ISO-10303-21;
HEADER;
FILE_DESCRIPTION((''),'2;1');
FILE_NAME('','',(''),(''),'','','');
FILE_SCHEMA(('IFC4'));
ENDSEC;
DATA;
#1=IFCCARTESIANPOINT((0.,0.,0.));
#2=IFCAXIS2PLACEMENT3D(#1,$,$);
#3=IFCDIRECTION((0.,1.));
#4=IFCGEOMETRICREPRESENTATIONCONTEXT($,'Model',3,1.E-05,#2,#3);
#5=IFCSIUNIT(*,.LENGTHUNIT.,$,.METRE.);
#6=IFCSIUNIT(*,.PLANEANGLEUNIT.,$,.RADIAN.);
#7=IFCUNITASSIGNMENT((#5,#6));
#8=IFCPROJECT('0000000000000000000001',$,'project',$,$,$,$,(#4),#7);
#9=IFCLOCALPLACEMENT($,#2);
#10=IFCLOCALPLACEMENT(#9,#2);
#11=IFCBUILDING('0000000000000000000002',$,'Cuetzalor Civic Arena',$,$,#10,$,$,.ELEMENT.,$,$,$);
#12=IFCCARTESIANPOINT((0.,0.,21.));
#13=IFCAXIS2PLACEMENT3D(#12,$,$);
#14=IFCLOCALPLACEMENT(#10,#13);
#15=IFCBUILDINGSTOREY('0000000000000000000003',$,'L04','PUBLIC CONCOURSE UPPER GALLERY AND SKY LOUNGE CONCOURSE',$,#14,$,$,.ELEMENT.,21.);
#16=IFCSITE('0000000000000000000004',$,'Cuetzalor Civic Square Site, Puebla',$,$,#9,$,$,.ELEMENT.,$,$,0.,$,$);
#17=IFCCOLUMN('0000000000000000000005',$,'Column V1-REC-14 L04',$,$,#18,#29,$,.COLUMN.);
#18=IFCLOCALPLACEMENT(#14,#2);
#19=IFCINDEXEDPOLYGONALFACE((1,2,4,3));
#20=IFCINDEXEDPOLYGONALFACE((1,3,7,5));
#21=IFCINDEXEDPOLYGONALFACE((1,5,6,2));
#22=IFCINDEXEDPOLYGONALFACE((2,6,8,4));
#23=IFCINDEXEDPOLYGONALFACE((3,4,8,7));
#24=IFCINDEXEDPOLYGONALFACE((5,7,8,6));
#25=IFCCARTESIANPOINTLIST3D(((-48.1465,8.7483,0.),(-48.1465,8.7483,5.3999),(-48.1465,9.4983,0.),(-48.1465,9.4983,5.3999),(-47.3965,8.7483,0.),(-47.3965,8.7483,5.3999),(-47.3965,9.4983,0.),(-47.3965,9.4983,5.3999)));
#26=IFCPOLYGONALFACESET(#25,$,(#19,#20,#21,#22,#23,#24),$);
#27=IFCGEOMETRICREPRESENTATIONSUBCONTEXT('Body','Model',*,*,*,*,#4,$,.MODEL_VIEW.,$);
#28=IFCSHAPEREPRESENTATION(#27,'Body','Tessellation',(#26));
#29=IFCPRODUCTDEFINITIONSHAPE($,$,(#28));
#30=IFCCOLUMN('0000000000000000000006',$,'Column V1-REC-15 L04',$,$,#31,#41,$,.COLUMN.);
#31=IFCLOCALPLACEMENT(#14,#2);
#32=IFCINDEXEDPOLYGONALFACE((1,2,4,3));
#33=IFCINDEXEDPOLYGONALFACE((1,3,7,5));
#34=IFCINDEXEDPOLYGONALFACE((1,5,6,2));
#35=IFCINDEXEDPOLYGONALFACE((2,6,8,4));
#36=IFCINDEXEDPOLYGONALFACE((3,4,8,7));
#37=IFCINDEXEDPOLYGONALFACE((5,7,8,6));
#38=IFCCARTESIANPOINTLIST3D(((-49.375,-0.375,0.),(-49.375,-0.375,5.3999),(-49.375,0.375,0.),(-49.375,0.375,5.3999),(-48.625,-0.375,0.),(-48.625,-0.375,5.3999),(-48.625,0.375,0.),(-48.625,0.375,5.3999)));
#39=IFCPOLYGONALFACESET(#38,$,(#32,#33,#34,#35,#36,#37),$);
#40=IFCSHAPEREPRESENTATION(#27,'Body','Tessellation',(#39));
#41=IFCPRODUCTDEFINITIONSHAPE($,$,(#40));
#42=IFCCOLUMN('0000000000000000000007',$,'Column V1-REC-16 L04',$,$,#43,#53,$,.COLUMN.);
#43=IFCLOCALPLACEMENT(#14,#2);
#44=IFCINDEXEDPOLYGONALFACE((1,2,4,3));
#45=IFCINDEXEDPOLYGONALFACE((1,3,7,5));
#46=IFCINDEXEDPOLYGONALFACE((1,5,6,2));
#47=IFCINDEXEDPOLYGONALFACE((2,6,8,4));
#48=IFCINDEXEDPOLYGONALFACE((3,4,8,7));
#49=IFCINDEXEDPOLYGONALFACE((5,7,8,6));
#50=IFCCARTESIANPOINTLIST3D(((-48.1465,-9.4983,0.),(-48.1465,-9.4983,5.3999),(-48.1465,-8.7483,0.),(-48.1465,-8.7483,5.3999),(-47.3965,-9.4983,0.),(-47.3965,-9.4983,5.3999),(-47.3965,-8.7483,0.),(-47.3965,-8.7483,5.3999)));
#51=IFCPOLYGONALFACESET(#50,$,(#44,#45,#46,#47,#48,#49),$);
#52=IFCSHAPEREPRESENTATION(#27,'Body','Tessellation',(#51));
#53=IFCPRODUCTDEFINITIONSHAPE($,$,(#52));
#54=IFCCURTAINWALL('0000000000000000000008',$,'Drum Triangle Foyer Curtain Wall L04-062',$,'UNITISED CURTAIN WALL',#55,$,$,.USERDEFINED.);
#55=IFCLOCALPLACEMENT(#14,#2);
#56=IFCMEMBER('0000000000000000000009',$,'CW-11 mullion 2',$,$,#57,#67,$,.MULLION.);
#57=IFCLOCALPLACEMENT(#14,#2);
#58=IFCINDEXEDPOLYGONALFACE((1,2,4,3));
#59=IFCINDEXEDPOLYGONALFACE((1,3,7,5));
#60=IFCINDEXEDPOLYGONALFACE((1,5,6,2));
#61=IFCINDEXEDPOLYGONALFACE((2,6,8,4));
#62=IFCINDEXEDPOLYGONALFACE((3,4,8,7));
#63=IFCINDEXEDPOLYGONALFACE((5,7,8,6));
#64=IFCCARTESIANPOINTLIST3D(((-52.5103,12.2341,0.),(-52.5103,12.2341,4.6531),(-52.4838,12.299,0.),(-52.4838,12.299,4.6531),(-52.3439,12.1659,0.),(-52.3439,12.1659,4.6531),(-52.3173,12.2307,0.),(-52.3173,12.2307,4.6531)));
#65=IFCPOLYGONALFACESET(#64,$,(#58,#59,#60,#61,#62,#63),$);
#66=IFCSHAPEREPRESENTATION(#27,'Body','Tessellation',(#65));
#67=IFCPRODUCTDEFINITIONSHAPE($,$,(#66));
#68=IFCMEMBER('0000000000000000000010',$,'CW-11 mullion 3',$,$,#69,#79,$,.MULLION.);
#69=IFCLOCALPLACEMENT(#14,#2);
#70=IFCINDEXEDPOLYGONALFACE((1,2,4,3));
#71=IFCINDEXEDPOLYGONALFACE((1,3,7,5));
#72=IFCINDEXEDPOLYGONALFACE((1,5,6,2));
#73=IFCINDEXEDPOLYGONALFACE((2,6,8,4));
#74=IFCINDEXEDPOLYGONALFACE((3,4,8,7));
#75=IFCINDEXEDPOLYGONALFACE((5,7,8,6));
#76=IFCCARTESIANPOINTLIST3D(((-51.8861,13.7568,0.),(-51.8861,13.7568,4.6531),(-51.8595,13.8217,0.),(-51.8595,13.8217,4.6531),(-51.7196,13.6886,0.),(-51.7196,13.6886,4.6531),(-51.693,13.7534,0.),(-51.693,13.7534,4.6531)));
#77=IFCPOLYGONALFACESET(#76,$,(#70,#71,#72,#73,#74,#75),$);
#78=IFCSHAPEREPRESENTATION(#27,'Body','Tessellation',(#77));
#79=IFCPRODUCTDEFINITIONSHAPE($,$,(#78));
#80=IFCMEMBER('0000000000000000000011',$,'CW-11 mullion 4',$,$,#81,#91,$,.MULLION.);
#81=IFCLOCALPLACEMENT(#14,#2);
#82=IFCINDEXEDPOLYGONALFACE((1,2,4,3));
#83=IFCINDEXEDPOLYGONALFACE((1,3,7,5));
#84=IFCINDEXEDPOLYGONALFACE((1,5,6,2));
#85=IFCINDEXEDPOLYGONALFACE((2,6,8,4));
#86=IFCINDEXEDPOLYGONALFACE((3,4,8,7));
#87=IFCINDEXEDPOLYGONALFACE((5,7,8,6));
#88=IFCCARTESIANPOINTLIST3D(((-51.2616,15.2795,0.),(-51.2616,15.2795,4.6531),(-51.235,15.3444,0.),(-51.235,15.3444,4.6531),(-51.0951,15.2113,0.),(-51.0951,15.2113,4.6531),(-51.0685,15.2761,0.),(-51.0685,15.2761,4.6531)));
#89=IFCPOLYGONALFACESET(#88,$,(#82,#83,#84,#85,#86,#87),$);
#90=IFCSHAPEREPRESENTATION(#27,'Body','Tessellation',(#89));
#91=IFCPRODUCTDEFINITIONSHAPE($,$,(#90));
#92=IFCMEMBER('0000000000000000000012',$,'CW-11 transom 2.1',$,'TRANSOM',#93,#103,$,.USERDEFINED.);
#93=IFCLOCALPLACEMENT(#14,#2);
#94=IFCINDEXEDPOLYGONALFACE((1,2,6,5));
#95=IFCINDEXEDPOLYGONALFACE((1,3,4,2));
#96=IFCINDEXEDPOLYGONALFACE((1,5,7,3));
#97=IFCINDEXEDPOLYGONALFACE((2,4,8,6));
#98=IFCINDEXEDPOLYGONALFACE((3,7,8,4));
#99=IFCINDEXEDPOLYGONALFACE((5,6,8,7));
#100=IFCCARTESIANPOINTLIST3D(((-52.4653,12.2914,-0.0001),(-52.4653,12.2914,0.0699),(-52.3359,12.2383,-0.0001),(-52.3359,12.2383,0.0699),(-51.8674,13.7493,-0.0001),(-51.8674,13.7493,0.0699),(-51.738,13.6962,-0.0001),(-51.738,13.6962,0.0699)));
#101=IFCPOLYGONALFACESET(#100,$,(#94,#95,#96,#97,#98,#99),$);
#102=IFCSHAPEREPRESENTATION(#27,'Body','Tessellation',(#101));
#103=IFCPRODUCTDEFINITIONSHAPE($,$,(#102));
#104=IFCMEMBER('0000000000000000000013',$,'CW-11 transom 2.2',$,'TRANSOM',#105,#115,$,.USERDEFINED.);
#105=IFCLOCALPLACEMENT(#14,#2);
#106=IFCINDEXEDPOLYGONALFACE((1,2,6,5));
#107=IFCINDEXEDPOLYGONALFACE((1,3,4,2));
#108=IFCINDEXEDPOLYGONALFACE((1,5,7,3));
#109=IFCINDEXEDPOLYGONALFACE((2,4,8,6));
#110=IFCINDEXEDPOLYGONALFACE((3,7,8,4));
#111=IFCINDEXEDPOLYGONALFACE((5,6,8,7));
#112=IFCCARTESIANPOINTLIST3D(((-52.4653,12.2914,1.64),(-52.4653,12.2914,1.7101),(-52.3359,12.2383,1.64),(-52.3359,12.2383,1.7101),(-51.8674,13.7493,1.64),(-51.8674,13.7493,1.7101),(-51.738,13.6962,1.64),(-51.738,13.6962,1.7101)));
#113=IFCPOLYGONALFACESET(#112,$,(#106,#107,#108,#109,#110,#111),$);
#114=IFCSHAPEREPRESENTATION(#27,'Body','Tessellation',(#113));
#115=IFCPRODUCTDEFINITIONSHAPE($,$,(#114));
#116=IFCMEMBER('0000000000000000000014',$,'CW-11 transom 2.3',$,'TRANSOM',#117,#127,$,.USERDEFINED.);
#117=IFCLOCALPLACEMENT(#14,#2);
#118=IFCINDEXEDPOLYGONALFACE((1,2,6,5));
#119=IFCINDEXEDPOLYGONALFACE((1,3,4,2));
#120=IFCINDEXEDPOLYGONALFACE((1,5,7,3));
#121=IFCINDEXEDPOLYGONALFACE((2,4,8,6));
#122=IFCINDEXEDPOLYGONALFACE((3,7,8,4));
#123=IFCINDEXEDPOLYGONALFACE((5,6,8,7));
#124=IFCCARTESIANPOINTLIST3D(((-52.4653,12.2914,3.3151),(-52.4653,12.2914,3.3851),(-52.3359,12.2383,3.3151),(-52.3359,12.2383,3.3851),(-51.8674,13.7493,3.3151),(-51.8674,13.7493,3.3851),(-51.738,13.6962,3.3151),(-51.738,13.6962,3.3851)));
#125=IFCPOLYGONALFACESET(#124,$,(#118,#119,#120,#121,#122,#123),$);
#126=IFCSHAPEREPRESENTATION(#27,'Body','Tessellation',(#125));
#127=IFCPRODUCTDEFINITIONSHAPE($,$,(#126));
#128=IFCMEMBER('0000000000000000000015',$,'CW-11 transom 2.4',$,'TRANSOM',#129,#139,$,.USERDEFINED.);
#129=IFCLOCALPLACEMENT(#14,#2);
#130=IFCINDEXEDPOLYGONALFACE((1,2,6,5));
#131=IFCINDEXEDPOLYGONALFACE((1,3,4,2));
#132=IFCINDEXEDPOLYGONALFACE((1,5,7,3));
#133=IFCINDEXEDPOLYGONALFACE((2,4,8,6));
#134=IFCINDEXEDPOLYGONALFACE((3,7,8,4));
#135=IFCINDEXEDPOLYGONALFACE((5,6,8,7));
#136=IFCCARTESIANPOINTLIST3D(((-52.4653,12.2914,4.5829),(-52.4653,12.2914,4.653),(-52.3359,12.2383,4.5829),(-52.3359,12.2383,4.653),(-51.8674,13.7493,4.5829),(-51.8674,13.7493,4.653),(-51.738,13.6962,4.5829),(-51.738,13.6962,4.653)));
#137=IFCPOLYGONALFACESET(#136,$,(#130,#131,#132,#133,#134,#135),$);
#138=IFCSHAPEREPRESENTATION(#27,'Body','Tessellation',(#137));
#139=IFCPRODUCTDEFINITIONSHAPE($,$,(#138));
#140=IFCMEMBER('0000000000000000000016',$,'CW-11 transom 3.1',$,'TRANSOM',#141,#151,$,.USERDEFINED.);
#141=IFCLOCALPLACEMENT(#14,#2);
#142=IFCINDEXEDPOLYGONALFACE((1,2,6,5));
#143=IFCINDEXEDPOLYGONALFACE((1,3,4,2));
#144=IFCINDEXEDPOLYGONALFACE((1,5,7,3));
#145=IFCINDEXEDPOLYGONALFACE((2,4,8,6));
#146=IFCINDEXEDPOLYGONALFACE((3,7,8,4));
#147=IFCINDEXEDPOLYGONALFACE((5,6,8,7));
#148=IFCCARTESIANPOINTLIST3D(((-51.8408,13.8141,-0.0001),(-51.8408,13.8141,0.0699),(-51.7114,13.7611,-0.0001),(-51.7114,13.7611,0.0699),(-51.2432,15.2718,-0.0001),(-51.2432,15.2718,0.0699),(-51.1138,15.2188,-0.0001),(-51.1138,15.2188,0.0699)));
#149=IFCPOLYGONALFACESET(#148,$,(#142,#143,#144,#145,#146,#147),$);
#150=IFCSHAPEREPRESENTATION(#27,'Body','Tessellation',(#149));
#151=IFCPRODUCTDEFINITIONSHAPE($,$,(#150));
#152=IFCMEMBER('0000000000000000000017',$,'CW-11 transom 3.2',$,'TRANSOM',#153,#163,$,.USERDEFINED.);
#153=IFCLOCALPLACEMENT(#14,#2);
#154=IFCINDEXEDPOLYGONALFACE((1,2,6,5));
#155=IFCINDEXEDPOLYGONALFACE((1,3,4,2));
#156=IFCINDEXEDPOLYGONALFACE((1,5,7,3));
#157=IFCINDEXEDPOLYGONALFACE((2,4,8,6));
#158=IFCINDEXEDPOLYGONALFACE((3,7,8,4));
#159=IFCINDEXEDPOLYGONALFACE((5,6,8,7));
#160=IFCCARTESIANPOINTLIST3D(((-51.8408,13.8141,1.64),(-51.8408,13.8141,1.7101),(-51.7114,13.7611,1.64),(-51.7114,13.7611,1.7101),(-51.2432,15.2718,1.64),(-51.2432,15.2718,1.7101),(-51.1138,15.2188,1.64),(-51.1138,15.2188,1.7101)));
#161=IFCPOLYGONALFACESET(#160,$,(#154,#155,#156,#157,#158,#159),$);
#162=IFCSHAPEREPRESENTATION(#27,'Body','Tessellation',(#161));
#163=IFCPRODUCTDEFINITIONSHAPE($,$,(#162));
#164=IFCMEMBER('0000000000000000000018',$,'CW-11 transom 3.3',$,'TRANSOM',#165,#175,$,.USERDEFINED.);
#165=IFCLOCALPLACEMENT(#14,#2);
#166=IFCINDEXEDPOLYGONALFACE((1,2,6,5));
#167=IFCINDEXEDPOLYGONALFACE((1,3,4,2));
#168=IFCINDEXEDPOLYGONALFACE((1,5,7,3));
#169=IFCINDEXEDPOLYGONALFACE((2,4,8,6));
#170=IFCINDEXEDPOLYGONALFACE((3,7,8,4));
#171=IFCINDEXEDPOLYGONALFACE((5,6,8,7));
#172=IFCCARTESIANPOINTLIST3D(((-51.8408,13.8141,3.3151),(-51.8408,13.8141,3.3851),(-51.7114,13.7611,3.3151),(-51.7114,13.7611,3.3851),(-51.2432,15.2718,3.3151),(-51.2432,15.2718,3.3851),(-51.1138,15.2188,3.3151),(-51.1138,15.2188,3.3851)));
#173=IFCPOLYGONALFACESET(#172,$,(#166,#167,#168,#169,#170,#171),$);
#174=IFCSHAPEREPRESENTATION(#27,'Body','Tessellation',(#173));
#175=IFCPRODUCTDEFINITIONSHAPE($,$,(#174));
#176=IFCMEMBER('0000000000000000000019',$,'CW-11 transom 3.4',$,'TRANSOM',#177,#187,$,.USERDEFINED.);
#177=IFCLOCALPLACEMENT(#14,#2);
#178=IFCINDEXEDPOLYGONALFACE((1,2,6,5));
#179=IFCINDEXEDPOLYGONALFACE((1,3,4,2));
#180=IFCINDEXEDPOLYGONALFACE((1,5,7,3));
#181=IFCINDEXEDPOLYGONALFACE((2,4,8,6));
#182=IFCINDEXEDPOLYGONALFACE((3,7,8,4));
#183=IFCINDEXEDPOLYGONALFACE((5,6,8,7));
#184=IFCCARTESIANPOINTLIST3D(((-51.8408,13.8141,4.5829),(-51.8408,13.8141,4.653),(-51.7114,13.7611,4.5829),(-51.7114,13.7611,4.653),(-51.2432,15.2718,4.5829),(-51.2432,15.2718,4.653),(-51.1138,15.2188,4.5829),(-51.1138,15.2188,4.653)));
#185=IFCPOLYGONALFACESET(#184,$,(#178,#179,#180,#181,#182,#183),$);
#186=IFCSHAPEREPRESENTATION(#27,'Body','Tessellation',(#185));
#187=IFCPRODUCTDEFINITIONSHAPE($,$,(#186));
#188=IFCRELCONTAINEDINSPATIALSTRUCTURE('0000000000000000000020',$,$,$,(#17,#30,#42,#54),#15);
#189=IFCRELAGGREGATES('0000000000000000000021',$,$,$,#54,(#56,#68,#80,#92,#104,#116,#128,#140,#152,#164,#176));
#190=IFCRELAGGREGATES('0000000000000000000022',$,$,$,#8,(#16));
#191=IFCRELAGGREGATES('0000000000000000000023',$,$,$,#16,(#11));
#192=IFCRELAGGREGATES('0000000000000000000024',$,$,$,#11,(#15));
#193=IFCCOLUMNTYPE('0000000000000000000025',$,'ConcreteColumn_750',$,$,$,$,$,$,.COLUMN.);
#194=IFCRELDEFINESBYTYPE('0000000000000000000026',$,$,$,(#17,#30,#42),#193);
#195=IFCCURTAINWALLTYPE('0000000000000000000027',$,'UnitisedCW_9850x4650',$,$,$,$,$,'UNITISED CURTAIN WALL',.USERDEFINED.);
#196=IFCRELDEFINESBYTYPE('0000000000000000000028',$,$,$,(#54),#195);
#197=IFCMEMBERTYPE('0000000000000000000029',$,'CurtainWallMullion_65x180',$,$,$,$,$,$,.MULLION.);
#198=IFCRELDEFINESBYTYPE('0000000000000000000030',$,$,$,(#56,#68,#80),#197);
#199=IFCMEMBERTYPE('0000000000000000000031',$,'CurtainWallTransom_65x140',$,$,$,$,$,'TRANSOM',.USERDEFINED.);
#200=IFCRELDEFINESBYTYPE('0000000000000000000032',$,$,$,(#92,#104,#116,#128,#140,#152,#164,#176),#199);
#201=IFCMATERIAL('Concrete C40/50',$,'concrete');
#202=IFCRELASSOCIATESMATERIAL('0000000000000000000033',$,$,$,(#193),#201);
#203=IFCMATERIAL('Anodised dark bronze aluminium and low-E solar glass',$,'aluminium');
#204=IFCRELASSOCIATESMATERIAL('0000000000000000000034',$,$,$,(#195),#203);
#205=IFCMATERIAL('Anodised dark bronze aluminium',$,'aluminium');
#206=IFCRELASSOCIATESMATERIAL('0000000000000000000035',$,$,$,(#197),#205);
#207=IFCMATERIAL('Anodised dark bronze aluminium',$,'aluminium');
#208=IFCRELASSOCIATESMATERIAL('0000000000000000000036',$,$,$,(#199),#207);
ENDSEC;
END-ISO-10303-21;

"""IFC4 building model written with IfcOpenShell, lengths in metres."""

from ifc_helpers import new_model, si_unit, direction, frame, origin, origin_2d, place, context, subcontext, project, spatial, rectangle, extrude, material, material_profile, profile_set, type_object, element, aggregate, save


model = new_model("IFC4")

# Units and contexts
model_context = context("Model", 3, precision=1e-05, world=origin(), true_north=direction((0.0, 1.0)))
body_context = subcontext(model_context, "Body", "Model", "MODEL_VIEW")
ifc_project = project(units=[si_unit("LENGTHUNIT", "METRE"), si_unit("PLANEANGLEUNIT", "RADIAN")], contexts=[model_context])

# Site, building, storey
site_placement = place(None, origin())
site = spatial("IfcSite", under=ifc_project, at=site_placement, Name="Cuetzalor Civic Square Site, Puebla", CompositionType="ELEMENT", RefElevation=0.0)
building_placement = place(site_placement, origin())
building = spatial("IfcBuilding", under=site, at=building_placement, Name="Cuetzalor Civic Arena", CompositionType="ELEMENT")
storey_placement = place(building_placement, frame((0.0, 0.0, 21.0)))
storey = spatial("IfcBuildingStorey", under=building, at=storey_placement, Name="L04", Description="PUBLIC CONCOURSE UPPER GALLERY AND SKY LOUNGE CONCOURSE", CompositionType="ELEMENT", Elevation=21.0)

# Columns
ifc_material_1 = material(Name="Concrete C40/50", Category="concrete")
ifc_material_profile_1 = material_profile(ifc_material_1, rectangle(XDim=0.75, YDim=0.75, at=origin_2d()), Name="RC 750x750")
ifc_profile_set_1 = profile_set([ifc_material_profile_1], Name="Concrete C40/50")
column_type = type_object("IfcColumnType", Name="ConcreteColumn_750", PredefinedType="COLUMN", material=ifc_profile_set_1)
for number, where, z_axis, x_axis, name in (
    (1, (-47.7715, 9.1233, 0.0), (0.0, 0.0, 1.0), (1.0, 0.0, 0.0), "Column V1-REC-14 L04"),
    (2, (-49.0, 0.0, 0.0), (0.0, 0.0, 1.0), (1.0, 0.0, 0.0), "Column V1-REC-15 L04"),
    (3, (-47.7715, -9.1233, 0.0), (0.0, 0.0, 1.0), (1.0, 0.0, 0.0), "Column V1-REC-16 L04"),
):
    element("IfcColumn", number, at=place(storey_placement, frame(where, z_axis=z_axis, x_axis=x_axis)), inside=storey, type_object=column_type, Name=name, PredefinedType="COLUMN", context=body_context, shape_type="SweptSolid", body=[
        extrude(rectangle(XDim=0.75, YDim=0.75, at=origin_2d()), origin(), (0.0, 0.0, 1.0), 5.3999),
    ])

# Curtain wall, members
ifc_material_2 = material(Name="Anodised dark bronze aluminium and low-E solar glass", Category="aluminium")
curtain_wall_type = type_object("IfcCurtainWallType", Name="UnitisedCW_9850x4650", ElementType="UNITISED CURTAIN WALL", PredefinedType="USERDEFINED", material=ifc_material_2)
curtain_wall_placement = place(storey_placement, origin())
curtain_wall = element("IfcCurtainWall", 4, at=curtain_wall_placement, inside=storey, type_object=curtain_wall_type, Name="Drum Triangle Foyer Curtain Wall L04-062", ObjectType="UNITISED CURTAIN WALL", PredefinedType="USERDEFINED")
ifc_material_3 = material(Name="Anodised dark bronze aluminium", Category="aluminium")
ifc_material_profile_2 = material_profile(ifc_material_3, rectangle(XDim=0.0701, YDim=0.1799, at=origin_2d()), Name="ALU MULLION 70x180")
ifc_profile_set_2 = profile_set([ifc_material_profile_2], Name="Anodised dark bronze aluminium")
member_type_1 = type_object("IfcMemberType", Name="CurtainWallMullion_65x180", PredefinedType="MULLION", material=ifc_profile_set_2)
member_1_placement = place(storey_placement, frame((-52.4138, 12.2324, 0.0), z_axis=(0.0, 0.0, 1.0), x_axis=(0.379391, 0.925236, 0.0)))
member_1 = element("IfcMember", 5, at=member_1_placement, type_object=member_type_1, Name="CW-11 mullion 2", PredefinedType="MULLION", context=body_context, shape_type="SweptSolid", body=[
    extrude(rectangle(XDim=0.0701, YDim=0.1799, at=origin_2d()), origin(), (0.0, 0.0, 1.0), 4.6531),
])
member_2_placement = place(storey_placement, frame((-51.7896, 13.7551, 0.0), z_axis=(0.0, 0.0, 1.0), x_axis=(0.379391, 0.925236, 0.0)))
member_2 = element("IfcMember", 6, at=member_2_placement, type_object=member_type_1, Name="CW-11 mullion 3", PredefinedType="MULLION", context=body_context, shape_type="SweptSolid", body=[
    extrude(rectangle(XDim=0.0701, YDim=0.1799, at=origin_2d()), origin(), (0.0, 0.0, 1.0), 4.6531),
])
member_3_placement = place(storey_placement, frame((-51.165, 15.2778, 0.0), z_axis=(0.0, 0.0, 1.0), x_axis=(0.379391, 0.925236, 0.0)))
member_3 = element("IfcMember", 7, at=member_3_placement, type_object=member_type_1, Name="CW-11 mullion 4", PredefinedType="MULLION", context=body_context, shape_type="SweptSolid", body=[
    extrude(rectangle(XDim=0.0701, YDim=0.1799, at=origin_2d()), origin(), (0.0, 0.0, 1.0), 4.6531),
])
ifc_material_4 = material(Name="Anodised dark bronze aluminium", Category="aluminium")
ifc_material_profile_3 = material_profile(ifc_material_4, rectangle(XDim=0.1399, YDim=0.0701, at=origin_2d()), Name="ALU TRANSOM 70x140")
ifc_profile_set_3 = profile_set([ifc_material_profile_3], Name="Anodised dark bronze aluminium")
member_type_2 = type_object("IfcMemberType", Name="CurtainWallTransom_65x140", ElementType="TRANSOM", PredefinedType="USERDEFINED", material=ifc_profile_set_3)
member_4_placement = place(storey_placement, frame((-52.4006, 12.2649, 0.0349), z_axis=(0.379471, 0.925203, 0.0), x_axis=(-0.925203, 0.379471, 0.0)))
member_4 = element("IfcMember", 8, at=member_4_placement, type_object=member_type_2, Name="CW-11 transom 2.1", ObjectType="TRANSOM", PredefinedType="USERDEFINED", context=body_context, shape_type="SweptSolid", body=[
    extrude(rectangle(XDim=0.1399, YDim=0.0701, at=origin_2d()), origin(), (0.0, 0.0, 1.0), 1.5757),
])
member_5_placement = place(storey_placement, frame((-52.4006, 12.2649, 1.675), z_axis=(0.379471, 0.925203, 0.0), x_axis=(-0.925203, 0.379471, 0.0)))
member_5 = element("IfcMember", 9, at=member_5_placement, type_object=member_type_2, Name="CW-11 transom 2.2", ObjectType="TRANSOM", PredefinedType="USERDEFINED", context=body_context, shape_type="SweptSolid", body=[
    extrude(rectangle(XDim=0.1399, YDim=0.0701, at=origin_2d()), origin(), (0.0, 0.0, 1.0), 1.5757),
])
member_6_placement = place(storey_placement, frame((-52.4006, 12.2649, 3.3501), z_axis=(0.379471, 0.925203, 0.0), x_axis=(-0.925203, 0.379471, 0.0)))
member_6 = element("IfcMember", 10, at=member_6_placement, type_object=member_type_2, Name="CW-11 transom 2.3", ObjectType="TRANSOM", PredefinedType="USERDEFINED", context=body_context, shape_type="SweptSolid", body=[
    extrude(rectangle(XDim=0.1399, YDim=0.0701, at=origin_2d()), origin(), (0.0, 0.0, 1.0), 1.5757),
])
member_7_placement = place(storey_placement, frame((-52.4006, 12.2649, 4.6179), z_axis=(0.379471, 0.925203, 0.0), x_axis=(-0.925203, 0.379471, 0.0)))
member_7 = element("IfcMember", 11, at=member_7_placement, type_object=member_type_2, Name="CW-11 transom 2.4", ObjectType="TRANSOM", PredefinedType="USERDEFINED", context=body_context, shape_type="SweptSolid", body=[
    extrude(rectangle(XDim=0.1399, YDim=0.0701, at=origin_2d()), origin(), (0.0, 0.0, 1.0), 1.5757),
])
member_8_placement = place(storey_placement, frame((-51.7761, 13.7876, 0.0349), z_axis=(0.379339, 0.925258, 0.0), x_axis=(-0.925258, 0.379339, 0.0)))
member_8 = element("IfcMember", 12, at=member_8_placement, type_object=member_type_2, Name="CW-11 transom 3.1", ObjectType="TRANSOM", PredefinedType="USERDEFINED", context=body_context, shape_type="SweptSolid", body=[
    extrude(rectangle(XDim=0.1399, YDim=0.0701, at=origin_2d()), origin(), (0.0, 0.0, 1.0), 1.5754),
])
member_9_placement = place(storey_placement, frame((-51.7761, 13.7876, 1.675), z_axis=(0.379339, 0.925258, 0.0), x_axis=(-0.925258, 0.379339, 0.0)))
member_9 = element("IfcMember", 13, at=member_9_placement, type_object=member_type_2, Name="CW-11 transom 3.2", ObjectType="TRANSOM", PredefinedType="USERDEFINED", context=body_context, shape_type="SweptSolid", body=[
    extrude(rectangle(XDim=0.1399, YDim=0.0701, at=origin_2d()), origin(), (0.0, 0.0, 1.0), 1.5754),
])
member_10_placement = place(storey_placement, frame((-51.7761, 13.7876, 3.3501), z_axis=(0.379339, 0.925258, 0.0), x_axis=(-0.925258, 0.379339, 0.0)))
member_10 = element("IfcMember", 14, at=member_10_placement, type_object=member_type_2, Name="CW-11 transom 3.3", ObjectType="TRANSOM", PredefinedType="USERDEFINED", context=body_context, shape_type="SweptSolid", body=[
    extrude(rectangle(XDim=0.1399, YDim=0.0701, at=origin_2d()), origin(), (0.0, 0.0, 1.0), 1.5754),
])
member_11_placement = place(storey_placement, frame((-51.7761, 13.7876, 4.6179), z_axis=(0.379339, 0.925258, 0.0), x_axis=(-0.925258, 0.379339, 0.0)))
member_11 = element("IfcMember", 15, at=member_11_placement, type_object=member_type_2, Name="CW-11 transom 3.4", ObjectType="TRANSOM", PredefinedType="USERDEFINED", context=body_context, shape_type="SweptSolid", body=[
    extrude(rectangle(XDim=0.1399, YDim=0.0701, at=origin_2d()), origin(), (0.0, 0.0, 1.0), 1.5754),
])

aggregate(curtain_wall, [member_1, member_2, member_3, member_4, member_5, member_6, member_7, member_8, member_9, member_10, member_11])

save(model, "model.ifc")
